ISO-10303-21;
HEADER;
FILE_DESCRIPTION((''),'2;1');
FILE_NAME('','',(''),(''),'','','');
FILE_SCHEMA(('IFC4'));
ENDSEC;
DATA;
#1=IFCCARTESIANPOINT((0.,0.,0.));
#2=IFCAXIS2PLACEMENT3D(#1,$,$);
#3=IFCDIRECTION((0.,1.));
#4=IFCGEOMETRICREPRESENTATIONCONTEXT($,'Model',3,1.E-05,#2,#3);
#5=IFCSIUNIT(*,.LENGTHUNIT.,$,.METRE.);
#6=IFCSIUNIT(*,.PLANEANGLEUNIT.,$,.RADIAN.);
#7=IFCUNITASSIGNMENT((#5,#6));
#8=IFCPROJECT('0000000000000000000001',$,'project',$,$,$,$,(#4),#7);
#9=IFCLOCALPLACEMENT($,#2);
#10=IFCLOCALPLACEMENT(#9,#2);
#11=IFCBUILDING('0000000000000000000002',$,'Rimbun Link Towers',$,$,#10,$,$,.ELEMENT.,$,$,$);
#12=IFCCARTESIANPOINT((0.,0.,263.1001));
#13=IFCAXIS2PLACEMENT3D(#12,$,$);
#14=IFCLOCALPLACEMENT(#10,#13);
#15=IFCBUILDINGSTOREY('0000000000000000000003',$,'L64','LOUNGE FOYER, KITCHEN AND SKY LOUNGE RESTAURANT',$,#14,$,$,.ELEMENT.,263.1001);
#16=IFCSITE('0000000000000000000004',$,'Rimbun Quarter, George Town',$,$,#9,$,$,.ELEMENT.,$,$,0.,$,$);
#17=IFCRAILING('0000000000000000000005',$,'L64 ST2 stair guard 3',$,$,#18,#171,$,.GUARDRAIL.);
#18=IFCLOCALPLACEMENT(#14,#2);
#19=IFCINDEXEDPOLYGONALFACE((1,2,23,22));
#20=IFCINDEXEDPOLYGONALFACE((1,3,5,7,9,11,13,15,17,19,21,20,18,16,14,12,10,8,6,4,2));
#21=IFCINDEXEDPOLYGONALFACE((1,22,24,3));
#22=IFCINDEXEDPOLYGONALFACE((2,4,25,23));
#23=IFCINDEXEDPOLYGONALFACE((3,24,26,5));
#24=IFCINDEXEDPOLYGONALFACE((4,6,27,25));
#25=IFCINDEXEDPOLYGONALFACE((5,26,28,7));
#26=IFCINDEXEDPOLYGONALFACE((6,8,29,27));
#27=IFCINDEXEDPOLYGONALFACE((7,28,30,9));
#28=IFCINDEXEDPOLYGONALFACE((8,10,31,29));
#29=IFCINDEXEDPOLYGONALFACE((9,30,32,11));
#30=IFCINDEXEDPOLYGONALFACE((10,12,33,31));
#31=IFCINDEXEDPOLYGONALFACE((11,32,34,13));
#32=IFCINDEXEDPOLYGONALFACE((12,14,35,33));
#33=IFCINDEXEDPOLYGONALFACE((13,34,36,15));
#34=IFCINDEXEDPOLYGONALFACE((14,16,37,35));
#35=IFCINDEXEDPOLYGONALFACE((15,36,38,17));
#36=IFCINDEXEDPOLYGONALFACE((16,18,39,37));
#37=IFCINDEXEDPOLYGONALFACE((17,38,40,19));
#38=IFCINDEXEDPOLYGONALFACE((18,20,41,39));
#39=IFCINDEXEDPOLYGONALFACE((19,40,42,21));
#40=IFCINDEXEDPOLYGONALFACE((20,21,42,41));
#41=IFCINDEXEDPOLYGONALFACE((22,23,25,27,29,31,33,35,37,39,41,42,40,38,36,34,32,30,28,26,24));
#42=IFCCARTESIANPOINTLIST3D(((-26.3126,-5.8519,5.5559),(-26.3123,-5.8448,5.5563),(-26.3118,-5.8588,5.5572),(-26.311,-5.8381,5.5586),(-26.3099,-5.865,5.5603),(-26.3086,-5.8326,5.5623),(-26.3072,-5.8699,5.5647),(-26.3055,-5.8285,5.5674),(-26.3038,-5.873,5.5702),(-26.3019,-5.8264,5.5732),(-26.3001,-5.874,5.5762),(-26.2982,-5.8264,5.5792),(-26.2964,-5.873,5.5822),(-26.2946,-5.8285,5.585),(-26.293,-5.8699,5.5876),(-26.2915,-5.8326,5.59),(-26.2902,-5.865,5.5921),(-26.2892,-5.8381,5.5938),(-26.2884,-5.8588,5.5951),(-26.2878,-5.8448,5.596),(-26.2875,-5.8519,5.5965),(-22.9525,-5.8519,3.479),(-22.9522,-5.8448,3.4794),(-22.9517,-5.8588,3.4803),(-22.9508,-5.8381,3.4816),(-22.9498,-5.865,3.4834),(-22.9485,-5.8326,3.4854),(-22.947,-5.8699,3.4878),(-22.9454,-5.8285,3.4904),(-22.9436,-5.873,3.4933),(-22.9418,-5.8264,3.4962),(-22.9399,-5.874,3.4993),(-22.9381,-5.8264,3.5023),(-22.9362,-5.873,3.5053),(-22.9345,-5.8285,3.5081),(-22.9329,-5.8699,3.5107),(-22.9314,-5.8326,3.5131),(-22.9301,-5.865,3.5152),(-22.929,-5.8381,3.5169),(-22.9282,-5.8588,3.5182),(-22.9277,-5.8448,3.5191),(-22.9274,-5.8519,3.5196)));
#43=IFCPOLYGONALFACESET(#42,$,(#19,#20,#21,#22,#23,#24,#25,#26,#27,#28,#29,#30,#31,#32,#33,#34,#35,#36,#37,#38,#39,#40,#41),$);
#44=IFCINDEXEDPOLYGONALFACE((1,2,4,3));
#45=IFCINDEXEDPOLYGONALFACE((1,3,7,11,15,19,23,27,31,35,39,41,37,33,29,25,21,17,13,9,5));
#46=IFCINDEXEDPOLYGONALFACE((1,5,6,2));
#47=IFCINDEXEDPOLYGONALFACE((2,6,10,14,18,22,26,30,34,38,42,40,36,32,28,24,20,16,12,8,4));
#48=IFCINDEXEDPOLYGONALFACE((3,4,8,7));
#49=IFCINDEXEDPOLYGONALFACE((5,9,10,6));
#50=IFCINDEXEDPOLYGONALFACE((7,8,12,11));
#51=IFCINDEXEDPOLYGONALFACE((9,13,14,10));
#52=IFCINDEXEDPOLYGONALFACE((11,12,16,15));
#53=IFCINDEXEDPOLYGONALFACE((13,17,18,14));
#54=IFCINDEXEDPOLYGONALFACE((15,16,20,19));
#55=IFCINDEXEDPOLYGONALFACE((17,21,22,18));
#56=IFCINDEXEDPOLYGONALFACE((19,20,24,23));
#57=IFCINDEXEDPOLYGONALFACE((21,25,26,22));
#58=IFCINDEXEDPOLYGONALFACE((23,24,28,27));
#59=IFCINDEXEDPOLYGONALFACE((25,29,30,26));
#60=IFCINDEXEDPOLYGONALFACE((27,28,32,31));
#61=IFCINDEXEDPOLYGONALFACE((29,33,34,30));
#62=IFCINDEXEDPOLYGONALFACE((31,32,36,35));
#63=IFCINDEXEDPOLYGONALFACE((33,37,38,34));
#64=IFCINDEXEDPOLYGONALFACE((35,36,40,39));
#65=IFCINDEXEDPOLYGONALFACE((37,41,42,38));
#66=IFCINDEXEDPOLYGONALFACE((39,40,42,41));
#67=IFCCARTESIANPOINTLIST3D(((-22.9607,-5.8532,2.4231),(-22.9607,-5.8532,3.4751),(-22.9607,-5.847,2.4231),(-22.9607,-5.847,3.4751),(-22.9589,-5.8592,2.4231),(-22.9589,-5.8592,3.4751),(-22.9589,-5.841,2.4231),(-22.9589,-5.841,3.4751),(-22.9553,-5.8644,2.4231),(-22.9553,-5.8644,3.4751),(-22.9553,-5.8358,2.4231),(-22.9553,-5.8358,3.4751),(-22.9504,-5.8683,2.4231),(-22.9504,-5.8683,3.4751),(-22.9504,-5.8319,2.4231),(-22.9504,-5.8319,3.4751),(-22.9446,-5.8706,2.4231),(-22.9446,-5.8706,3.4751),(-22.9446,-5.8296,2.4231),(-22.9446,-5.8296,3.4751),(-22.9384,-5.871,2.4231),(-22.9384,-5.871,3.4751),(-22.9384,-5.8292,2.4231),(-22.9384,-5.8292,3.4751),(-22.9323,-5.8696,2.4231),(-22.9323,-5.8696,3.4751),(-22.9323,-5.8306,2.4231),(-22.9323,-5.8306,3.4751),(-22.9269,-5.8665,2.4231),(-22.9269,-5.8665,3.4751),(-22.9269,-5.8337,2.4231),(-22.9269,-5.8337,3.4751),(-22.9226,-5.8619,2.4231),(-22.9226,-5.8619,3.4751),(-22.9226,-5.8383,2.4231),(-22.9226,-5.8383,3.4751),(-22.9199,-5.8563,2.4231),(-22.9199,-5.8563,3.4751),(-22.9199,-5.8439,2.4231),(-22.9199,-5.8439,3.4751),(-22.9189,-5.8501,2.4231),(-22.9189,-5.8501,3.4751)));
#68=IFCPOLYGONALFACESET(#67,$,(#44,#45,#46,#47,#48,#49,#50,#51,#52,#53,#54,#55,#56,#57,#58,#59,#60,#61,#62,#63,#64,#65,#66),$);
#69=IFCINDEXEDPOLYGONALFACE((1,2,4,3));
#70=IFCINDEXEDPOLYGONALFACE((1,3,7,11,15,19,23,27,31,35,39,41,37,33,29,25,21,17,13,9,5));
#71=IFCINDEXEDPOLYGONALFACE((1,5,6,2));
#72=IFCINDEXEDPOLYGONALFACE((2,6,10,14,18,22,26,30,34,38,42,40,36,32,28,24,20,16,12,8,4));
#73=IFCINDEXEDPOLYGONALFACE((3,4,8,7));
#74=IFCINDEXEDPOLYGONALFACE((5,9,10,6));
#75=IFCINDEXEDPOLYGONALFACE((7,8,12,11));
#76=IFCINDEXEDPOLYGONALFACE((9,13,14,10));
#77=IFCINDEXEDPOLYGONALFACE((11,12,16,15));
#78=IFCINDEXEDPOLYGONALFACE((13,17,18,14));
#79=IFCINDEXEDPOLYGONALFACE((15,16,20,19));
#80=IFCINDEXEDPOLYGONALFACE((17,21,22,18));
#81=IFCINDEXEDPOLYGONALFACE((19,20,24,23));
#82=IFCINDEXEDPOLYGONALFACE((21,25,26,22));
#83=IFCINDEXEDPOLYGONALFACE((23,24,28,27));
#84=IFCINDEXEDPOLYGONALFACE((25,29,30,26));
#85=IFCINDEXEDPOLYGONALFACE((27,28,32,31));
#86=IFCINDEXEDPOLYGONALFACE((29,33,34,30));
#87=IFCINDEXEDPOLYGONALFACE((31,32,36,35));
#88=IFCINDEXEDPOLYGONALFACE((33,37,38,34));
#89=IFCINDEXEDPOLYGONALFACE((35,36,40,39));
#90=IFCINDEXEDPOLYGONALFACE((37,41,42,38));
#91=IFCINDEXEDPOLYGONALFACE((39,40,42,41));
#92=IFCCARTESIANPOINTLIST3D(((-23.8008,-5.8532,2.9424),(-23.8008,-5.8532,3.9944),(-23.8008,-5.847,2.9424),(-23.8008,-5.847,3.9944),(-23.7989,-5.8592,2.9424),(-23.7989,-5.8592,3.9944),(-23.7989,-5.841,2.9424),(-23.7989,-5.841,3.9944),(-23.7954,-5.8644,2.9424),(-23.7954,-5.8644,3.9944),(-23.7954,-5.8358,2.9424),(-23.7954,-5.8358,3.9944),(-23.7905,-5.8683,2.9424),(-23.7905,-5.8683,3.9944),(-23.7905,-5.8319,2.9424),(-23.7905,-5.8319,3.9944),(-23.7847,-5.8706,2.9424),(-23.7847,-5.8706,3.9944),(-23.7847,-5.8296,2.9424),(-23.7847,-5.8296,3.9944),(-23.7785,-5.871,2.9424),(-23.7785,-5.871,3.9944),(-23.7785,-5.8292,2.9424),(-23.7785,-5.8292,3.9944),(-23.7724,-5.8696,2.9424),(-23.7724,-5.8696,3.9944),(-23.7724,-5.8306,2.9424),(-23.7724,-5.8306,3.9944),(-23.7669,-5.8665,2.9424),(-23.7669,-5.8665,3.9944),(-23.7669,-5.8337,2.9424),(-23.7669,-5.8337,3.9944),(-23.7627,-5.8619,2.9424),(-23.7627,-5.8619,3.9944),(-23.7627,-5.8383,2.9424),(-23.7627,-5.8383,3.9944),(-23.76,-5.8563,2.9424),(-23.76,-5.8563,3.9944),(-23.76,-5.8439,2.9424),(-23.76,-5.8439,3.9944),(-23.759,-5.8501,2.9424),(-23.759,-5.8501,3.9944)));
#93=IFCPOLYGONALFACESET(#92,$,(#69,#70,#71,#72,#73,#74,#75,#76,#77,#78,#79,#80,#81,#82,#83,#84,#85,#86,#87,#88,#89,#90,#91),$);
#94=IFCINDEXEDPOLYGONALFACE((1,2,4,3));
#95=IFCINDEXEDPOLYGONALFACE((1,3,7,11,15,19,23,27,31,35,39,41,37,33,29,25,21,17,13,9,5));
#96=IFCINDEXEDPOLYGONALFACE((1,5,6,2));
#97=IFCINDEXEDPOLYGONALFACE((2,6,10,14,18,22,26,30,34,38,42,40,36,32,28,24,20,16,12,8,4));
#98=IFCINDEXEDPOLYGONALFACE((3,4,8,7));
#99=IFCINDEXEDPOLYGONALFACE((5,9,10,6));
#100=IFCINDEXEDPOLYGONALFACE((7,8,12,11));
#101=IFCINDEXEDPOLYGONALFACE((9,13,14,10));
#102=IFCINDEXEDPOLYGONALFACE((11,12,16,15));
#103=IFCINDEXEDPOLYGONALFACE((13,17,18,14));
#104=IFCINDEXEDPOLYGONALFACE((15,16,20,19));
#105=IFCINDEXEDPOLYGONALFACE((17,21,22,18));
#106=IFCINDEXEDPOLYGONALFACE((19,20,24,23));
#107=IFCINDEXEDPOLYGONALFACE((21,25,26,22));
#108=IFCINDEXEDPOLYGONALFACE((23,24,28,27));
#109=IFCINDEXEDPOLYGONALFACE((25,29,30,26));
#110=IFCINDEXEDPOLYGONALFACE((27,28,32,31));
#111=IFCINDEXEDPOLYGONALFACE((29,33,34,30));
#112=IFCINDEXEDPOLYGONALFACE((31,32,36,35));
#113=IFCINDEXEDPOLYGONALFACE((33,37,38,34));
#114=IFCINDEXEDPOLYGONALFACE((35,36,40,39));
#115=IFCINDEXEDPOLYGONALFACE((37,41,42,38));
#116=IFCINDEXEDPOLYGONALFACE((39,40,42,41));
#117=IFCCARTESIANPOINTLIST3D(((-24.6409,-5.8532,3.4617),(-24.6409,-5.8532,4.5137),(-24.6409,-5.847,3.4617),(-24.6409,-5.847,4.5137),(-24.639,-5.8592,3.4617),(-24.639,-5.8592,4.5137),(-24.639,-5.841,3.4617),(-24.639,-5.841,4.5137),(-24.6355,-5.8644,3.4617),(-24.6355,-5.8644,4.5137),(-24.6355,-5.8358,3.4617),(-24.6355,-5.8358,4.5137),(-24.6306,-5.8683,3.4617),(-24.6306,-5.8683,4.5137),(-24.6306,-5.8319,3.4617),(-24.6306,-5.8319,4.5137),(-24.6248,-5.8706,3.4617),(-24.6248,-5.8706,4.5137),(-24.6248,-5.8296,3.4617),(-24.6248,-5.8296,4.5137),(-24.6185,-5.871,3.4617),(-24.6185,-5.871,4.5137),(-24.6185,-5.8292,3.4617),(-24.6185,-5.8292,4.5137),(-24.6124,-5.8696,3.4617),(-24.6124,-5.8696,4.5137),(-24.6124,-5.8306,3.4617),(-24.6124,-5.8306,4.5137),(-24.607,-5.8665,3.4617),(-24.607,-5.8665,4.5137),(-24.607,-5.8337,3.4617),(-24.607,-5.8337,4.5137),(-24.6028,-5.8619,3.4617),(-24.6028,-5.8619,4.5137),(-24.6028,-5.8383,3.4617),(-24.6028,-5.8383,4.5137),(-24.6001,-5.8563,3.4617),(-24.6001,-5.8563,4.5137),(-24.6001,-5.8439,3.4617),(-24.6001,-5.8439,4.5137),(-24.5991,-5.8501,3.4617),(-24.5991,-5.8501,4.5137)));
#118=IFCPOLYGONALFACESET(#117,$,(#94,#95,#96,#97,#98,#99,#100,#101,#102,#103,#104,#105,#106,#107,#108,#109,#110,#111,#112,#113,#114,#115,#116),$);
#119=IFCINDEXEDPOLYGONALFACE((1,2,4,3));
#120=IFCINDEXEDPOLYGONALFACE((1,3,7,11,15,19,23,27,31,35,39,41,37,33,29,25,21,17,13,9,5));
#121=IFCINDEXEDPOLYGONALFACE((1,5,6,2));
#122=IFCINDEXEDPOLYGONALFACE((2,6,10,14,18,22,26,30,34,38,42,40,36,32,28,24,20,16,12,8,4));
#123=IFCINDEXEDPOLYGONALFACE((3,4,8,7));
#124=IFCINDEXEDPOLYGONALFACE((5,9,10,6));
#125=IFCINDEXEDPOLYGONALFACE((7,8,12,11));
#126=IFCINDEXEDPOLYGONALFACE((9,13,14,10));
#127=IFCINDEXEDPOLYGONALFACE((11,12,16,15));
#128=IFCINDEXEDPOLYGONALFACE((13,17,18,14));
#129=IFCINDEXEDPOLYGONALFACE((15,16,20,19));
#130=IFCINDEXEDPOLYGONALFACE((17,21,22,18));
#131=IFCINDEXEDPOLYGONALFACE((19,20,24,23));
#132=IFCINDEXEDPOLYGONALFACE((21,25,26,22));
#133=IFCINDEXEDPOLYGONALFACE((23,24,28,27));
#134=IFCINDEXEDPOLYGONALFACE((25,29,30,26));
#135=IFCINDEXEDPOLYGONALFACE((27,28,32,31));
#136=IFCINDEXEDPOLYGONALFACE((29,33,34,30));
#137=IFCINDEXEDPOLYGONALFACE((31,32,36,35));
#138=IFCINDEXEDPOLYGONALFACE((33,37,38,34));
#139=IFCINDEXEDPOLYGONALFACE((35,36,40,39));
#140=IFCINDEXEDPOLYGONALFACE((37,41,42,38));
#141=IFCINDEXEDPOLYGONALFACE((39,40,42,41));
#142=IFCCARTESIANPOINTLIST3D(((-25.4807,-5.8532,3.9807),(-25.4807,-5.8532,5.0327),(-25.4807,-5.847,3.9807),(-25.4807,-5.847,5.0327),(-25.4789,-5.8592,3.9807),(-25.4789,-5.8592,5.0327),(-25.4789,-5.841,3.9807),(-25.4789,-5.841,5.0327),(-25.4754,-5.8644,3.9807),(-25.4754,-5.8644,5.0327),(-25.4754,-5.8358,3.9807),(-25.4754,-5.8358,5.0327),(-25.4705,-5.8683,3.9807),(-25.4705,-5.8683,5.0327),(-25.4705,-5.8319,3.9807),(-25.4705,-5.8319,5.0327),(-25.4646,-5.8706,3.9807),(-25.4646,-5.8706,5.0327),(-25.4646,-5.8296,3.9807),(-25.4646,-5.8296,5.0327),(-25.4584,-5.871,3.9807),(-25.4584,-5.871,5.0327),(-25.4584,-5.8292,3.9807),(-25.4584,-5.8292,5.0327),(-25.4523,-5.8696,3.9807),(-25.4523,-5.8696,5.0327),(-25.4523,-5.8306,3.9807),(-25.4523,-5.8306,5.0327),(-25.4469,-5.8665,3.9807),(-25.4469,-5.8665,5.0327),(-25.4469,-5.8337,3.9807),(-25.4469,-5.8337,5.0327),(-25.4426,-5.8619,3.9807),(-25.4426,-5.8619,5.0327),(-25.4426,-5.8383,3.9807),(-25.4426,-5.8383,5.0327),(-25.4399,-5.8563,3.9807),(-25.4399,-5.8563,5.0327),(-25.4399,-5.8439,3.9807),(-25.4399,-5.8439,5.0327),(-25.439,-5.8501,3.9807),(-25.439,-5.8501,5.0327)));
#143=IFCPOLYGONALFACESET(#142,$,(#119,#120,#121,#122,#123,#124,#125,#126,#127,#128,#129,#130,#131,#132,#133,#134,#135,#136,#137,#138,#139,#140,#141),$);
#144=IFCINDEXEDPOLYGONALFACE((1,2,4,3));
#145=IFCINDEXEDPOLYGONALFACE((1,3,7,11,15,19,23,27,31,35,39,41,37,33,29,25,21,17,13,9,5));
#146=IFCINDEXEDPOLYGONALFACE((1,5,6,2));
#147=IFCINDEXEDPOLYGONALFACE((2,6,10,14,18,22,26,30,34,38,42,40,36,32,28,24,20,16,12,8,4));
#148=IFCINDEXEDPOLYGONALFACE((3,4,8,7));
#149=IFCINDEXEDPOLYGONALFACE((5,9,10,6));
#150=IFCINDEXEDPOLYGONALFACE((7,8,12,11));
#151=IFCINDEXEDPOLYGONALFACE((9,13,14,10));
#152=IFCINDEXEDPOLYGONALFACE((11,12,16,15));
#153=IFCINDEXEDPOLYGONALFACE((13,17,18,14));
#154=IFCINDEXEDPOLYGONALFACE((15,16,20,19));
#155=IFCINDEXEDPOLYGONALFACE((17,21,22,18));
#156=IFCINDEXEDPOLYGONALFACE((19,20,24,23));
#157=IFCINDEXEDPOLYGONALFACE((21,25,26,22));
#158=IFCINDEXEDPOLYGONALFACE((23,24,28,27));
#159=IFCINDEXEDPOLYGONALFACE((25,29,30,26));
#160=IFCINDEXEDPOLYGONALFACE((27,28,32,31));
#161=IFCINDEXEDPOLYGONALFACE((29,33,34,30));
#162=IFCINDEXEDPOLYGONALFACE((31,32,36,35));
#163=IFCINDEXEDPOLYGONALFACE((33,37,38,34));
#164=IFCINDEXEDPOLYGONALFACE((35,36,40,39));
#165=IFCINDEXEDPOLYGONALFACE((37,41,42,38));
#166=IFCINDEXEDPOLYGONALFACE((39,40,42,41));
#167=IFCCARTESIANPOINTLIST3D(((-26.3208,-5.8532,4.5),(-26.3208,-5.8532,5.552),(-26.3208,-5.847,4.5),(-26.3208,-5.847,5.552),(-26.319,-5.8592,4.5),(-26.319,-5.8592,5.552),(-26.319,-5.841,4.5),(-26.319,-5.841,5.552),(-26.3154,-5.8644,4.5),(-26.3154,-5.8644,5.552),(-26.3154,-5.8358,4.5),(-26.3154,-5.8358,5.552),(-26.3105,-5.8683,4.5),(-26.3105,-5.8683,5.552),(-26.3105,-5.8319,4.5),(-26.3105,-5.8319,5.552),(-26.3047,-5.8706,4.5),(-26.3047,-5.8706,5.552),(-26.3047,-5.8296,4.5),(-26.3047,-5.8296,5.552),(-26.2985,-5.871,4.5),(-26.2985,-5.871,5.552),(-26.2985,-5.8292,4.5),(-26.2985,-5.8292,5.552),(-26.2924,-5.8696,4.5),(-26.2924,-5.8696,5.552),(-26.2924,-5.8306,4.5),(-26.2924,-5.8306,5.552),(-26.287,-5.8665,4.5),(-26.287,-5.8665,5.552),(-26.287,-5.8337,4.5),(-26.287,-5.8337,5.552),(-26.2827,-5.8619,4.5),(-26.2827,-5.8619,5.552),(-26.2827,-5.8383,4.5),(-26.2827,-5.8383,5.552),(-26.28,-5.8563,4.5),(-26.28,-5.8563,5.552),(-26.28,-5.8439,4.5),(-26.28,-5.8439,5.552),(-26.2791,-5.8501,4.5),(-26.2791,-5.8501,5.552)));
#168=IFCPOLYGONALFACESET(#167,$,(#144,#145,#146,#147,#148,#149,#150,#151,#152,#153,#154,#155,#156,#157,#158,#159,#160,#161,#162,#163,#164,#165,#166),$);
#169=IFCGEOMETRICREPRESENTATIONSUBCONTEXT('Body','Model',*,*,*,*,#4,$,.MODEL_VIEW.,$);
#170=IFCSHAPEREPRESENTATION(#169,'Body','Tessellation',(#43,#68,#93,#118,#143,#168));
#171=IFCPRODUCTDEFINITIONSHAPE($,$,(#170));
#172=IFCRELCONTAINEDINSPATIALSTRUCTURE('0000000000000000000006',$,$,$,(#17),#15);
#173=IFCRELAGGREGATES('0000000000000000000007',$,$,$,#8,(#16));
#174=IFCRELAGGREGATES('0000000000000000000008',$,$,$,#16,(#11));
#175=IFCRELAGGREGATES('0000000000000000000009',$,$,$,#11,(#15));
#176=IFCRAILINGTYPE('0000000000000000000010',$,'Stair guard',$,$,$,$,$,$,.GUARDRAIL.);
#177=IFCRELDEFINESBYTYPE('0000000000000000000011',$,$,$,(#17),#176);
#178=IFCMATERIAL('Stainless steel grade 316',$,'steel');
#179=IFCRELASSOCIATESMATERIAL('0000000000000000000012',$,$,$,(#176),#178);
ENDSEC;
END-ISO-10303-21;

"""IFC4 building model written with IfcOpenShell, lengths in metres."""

from ifc_helpers import new_model, si_unit, direction, frame, origin, origin_2d, place, context, subcontext, project, spatial, circle, extrude, material, type_object, element, save


model = new_model("IFC4")

# Units and contexts
model_context = context("Model", 3, precision=1e-05, world=origin(), true_north=direction((0.0, 1.0)))
body_context = subcontext(model_context, "Body", "Model", "MODEL_VIEW")
ifc_project = project(units=[si_unit("LENGTHUNIT", "METRE"), si_unit("PLANEANGLEUNIT", "RADIAN")], contexts=[model_context])

# Site, building, storey
site_placement = place(None, origin())
site = spatial("IfcSite", under=ifc_project, at=site_placement, Name="Rimbun Quarter, George Town", CompositionType="ELEMENT", RefElevation=0.0)
building_placement = place(site_placement, origin())
building = spatial("IfcBuilding", under=site, at=building_placement, Name="Rimbun Link Towers", CompositionType="ELEMENT")
storey_placement = place(building_placement, frame((0.0, 0.0, 263.1001)))
storey = spatial("IfcBuildingStorey", under=building, at=storey_placement, Name="L64", Description="LOUNGE FOYER, KITCHEN AND SKY LOUNGE RESTAURANT", CompositionType="ELEMENT", Elevation=263.1001)

# Railing
ifc_material_1 = material(Name="Stainless steel grade 316", Category="steel")
railing_type_1 = type_object("IfcRailingType", Name="Stair guard", PredefinedType="GUARDRAIL", material=ifc_material_1)
railing_1_placement = place(storey_placement, frame((-22.9399, -5.8501, 2.4231)))
element("IfcRailing", 1, at=railing_1_placement, inside=storey, type_object=railing_type_1, Name="L64 ST2 stair guard 3", PredefinedType="GUARDRAIL", context=body_context, shape_type="SweptSolid", body=[
    extrude(circle(Radius=0.0239, at=origin_2d()), frame((0.0, 0.0, 1.0762), z_axis=(-0.850623, 0.0, 0.525776), x_axis=(0.0, -1.0, 0.0)), (0.0, 0.0, 1.0), 3.9502),
    extrude(circle(Radius=0.021, at=origin_2d()), origin(), (0.0, 0.0, 1.0), 1.052),
    extrude(circle(Radius=0.021, at=origin_2d()), frame((-0.8401, 0.0, 0.5193)), (0.0, 0.0, 1.0), 1.052),
    extrude(circle(Radius=0.021, at=origin_2d()), frame((-1.6802, 0.0, 1.0386)), (0.0, 0.0, 1.0), 1.052),
    extrude(circle(Radius=0.021, at=origin_2d()), frame((-2.52, 0.0, 1.5576)), (0.0, 0.0, 1.0), 1.052),
    extrude(circle(Radius=0.021, at=origin_2d()), frame((-3.3601, 0.0, 2.0769)), (0.0, 0.0, 1.0), 1.052),
])

save(model, "model.ifc")
